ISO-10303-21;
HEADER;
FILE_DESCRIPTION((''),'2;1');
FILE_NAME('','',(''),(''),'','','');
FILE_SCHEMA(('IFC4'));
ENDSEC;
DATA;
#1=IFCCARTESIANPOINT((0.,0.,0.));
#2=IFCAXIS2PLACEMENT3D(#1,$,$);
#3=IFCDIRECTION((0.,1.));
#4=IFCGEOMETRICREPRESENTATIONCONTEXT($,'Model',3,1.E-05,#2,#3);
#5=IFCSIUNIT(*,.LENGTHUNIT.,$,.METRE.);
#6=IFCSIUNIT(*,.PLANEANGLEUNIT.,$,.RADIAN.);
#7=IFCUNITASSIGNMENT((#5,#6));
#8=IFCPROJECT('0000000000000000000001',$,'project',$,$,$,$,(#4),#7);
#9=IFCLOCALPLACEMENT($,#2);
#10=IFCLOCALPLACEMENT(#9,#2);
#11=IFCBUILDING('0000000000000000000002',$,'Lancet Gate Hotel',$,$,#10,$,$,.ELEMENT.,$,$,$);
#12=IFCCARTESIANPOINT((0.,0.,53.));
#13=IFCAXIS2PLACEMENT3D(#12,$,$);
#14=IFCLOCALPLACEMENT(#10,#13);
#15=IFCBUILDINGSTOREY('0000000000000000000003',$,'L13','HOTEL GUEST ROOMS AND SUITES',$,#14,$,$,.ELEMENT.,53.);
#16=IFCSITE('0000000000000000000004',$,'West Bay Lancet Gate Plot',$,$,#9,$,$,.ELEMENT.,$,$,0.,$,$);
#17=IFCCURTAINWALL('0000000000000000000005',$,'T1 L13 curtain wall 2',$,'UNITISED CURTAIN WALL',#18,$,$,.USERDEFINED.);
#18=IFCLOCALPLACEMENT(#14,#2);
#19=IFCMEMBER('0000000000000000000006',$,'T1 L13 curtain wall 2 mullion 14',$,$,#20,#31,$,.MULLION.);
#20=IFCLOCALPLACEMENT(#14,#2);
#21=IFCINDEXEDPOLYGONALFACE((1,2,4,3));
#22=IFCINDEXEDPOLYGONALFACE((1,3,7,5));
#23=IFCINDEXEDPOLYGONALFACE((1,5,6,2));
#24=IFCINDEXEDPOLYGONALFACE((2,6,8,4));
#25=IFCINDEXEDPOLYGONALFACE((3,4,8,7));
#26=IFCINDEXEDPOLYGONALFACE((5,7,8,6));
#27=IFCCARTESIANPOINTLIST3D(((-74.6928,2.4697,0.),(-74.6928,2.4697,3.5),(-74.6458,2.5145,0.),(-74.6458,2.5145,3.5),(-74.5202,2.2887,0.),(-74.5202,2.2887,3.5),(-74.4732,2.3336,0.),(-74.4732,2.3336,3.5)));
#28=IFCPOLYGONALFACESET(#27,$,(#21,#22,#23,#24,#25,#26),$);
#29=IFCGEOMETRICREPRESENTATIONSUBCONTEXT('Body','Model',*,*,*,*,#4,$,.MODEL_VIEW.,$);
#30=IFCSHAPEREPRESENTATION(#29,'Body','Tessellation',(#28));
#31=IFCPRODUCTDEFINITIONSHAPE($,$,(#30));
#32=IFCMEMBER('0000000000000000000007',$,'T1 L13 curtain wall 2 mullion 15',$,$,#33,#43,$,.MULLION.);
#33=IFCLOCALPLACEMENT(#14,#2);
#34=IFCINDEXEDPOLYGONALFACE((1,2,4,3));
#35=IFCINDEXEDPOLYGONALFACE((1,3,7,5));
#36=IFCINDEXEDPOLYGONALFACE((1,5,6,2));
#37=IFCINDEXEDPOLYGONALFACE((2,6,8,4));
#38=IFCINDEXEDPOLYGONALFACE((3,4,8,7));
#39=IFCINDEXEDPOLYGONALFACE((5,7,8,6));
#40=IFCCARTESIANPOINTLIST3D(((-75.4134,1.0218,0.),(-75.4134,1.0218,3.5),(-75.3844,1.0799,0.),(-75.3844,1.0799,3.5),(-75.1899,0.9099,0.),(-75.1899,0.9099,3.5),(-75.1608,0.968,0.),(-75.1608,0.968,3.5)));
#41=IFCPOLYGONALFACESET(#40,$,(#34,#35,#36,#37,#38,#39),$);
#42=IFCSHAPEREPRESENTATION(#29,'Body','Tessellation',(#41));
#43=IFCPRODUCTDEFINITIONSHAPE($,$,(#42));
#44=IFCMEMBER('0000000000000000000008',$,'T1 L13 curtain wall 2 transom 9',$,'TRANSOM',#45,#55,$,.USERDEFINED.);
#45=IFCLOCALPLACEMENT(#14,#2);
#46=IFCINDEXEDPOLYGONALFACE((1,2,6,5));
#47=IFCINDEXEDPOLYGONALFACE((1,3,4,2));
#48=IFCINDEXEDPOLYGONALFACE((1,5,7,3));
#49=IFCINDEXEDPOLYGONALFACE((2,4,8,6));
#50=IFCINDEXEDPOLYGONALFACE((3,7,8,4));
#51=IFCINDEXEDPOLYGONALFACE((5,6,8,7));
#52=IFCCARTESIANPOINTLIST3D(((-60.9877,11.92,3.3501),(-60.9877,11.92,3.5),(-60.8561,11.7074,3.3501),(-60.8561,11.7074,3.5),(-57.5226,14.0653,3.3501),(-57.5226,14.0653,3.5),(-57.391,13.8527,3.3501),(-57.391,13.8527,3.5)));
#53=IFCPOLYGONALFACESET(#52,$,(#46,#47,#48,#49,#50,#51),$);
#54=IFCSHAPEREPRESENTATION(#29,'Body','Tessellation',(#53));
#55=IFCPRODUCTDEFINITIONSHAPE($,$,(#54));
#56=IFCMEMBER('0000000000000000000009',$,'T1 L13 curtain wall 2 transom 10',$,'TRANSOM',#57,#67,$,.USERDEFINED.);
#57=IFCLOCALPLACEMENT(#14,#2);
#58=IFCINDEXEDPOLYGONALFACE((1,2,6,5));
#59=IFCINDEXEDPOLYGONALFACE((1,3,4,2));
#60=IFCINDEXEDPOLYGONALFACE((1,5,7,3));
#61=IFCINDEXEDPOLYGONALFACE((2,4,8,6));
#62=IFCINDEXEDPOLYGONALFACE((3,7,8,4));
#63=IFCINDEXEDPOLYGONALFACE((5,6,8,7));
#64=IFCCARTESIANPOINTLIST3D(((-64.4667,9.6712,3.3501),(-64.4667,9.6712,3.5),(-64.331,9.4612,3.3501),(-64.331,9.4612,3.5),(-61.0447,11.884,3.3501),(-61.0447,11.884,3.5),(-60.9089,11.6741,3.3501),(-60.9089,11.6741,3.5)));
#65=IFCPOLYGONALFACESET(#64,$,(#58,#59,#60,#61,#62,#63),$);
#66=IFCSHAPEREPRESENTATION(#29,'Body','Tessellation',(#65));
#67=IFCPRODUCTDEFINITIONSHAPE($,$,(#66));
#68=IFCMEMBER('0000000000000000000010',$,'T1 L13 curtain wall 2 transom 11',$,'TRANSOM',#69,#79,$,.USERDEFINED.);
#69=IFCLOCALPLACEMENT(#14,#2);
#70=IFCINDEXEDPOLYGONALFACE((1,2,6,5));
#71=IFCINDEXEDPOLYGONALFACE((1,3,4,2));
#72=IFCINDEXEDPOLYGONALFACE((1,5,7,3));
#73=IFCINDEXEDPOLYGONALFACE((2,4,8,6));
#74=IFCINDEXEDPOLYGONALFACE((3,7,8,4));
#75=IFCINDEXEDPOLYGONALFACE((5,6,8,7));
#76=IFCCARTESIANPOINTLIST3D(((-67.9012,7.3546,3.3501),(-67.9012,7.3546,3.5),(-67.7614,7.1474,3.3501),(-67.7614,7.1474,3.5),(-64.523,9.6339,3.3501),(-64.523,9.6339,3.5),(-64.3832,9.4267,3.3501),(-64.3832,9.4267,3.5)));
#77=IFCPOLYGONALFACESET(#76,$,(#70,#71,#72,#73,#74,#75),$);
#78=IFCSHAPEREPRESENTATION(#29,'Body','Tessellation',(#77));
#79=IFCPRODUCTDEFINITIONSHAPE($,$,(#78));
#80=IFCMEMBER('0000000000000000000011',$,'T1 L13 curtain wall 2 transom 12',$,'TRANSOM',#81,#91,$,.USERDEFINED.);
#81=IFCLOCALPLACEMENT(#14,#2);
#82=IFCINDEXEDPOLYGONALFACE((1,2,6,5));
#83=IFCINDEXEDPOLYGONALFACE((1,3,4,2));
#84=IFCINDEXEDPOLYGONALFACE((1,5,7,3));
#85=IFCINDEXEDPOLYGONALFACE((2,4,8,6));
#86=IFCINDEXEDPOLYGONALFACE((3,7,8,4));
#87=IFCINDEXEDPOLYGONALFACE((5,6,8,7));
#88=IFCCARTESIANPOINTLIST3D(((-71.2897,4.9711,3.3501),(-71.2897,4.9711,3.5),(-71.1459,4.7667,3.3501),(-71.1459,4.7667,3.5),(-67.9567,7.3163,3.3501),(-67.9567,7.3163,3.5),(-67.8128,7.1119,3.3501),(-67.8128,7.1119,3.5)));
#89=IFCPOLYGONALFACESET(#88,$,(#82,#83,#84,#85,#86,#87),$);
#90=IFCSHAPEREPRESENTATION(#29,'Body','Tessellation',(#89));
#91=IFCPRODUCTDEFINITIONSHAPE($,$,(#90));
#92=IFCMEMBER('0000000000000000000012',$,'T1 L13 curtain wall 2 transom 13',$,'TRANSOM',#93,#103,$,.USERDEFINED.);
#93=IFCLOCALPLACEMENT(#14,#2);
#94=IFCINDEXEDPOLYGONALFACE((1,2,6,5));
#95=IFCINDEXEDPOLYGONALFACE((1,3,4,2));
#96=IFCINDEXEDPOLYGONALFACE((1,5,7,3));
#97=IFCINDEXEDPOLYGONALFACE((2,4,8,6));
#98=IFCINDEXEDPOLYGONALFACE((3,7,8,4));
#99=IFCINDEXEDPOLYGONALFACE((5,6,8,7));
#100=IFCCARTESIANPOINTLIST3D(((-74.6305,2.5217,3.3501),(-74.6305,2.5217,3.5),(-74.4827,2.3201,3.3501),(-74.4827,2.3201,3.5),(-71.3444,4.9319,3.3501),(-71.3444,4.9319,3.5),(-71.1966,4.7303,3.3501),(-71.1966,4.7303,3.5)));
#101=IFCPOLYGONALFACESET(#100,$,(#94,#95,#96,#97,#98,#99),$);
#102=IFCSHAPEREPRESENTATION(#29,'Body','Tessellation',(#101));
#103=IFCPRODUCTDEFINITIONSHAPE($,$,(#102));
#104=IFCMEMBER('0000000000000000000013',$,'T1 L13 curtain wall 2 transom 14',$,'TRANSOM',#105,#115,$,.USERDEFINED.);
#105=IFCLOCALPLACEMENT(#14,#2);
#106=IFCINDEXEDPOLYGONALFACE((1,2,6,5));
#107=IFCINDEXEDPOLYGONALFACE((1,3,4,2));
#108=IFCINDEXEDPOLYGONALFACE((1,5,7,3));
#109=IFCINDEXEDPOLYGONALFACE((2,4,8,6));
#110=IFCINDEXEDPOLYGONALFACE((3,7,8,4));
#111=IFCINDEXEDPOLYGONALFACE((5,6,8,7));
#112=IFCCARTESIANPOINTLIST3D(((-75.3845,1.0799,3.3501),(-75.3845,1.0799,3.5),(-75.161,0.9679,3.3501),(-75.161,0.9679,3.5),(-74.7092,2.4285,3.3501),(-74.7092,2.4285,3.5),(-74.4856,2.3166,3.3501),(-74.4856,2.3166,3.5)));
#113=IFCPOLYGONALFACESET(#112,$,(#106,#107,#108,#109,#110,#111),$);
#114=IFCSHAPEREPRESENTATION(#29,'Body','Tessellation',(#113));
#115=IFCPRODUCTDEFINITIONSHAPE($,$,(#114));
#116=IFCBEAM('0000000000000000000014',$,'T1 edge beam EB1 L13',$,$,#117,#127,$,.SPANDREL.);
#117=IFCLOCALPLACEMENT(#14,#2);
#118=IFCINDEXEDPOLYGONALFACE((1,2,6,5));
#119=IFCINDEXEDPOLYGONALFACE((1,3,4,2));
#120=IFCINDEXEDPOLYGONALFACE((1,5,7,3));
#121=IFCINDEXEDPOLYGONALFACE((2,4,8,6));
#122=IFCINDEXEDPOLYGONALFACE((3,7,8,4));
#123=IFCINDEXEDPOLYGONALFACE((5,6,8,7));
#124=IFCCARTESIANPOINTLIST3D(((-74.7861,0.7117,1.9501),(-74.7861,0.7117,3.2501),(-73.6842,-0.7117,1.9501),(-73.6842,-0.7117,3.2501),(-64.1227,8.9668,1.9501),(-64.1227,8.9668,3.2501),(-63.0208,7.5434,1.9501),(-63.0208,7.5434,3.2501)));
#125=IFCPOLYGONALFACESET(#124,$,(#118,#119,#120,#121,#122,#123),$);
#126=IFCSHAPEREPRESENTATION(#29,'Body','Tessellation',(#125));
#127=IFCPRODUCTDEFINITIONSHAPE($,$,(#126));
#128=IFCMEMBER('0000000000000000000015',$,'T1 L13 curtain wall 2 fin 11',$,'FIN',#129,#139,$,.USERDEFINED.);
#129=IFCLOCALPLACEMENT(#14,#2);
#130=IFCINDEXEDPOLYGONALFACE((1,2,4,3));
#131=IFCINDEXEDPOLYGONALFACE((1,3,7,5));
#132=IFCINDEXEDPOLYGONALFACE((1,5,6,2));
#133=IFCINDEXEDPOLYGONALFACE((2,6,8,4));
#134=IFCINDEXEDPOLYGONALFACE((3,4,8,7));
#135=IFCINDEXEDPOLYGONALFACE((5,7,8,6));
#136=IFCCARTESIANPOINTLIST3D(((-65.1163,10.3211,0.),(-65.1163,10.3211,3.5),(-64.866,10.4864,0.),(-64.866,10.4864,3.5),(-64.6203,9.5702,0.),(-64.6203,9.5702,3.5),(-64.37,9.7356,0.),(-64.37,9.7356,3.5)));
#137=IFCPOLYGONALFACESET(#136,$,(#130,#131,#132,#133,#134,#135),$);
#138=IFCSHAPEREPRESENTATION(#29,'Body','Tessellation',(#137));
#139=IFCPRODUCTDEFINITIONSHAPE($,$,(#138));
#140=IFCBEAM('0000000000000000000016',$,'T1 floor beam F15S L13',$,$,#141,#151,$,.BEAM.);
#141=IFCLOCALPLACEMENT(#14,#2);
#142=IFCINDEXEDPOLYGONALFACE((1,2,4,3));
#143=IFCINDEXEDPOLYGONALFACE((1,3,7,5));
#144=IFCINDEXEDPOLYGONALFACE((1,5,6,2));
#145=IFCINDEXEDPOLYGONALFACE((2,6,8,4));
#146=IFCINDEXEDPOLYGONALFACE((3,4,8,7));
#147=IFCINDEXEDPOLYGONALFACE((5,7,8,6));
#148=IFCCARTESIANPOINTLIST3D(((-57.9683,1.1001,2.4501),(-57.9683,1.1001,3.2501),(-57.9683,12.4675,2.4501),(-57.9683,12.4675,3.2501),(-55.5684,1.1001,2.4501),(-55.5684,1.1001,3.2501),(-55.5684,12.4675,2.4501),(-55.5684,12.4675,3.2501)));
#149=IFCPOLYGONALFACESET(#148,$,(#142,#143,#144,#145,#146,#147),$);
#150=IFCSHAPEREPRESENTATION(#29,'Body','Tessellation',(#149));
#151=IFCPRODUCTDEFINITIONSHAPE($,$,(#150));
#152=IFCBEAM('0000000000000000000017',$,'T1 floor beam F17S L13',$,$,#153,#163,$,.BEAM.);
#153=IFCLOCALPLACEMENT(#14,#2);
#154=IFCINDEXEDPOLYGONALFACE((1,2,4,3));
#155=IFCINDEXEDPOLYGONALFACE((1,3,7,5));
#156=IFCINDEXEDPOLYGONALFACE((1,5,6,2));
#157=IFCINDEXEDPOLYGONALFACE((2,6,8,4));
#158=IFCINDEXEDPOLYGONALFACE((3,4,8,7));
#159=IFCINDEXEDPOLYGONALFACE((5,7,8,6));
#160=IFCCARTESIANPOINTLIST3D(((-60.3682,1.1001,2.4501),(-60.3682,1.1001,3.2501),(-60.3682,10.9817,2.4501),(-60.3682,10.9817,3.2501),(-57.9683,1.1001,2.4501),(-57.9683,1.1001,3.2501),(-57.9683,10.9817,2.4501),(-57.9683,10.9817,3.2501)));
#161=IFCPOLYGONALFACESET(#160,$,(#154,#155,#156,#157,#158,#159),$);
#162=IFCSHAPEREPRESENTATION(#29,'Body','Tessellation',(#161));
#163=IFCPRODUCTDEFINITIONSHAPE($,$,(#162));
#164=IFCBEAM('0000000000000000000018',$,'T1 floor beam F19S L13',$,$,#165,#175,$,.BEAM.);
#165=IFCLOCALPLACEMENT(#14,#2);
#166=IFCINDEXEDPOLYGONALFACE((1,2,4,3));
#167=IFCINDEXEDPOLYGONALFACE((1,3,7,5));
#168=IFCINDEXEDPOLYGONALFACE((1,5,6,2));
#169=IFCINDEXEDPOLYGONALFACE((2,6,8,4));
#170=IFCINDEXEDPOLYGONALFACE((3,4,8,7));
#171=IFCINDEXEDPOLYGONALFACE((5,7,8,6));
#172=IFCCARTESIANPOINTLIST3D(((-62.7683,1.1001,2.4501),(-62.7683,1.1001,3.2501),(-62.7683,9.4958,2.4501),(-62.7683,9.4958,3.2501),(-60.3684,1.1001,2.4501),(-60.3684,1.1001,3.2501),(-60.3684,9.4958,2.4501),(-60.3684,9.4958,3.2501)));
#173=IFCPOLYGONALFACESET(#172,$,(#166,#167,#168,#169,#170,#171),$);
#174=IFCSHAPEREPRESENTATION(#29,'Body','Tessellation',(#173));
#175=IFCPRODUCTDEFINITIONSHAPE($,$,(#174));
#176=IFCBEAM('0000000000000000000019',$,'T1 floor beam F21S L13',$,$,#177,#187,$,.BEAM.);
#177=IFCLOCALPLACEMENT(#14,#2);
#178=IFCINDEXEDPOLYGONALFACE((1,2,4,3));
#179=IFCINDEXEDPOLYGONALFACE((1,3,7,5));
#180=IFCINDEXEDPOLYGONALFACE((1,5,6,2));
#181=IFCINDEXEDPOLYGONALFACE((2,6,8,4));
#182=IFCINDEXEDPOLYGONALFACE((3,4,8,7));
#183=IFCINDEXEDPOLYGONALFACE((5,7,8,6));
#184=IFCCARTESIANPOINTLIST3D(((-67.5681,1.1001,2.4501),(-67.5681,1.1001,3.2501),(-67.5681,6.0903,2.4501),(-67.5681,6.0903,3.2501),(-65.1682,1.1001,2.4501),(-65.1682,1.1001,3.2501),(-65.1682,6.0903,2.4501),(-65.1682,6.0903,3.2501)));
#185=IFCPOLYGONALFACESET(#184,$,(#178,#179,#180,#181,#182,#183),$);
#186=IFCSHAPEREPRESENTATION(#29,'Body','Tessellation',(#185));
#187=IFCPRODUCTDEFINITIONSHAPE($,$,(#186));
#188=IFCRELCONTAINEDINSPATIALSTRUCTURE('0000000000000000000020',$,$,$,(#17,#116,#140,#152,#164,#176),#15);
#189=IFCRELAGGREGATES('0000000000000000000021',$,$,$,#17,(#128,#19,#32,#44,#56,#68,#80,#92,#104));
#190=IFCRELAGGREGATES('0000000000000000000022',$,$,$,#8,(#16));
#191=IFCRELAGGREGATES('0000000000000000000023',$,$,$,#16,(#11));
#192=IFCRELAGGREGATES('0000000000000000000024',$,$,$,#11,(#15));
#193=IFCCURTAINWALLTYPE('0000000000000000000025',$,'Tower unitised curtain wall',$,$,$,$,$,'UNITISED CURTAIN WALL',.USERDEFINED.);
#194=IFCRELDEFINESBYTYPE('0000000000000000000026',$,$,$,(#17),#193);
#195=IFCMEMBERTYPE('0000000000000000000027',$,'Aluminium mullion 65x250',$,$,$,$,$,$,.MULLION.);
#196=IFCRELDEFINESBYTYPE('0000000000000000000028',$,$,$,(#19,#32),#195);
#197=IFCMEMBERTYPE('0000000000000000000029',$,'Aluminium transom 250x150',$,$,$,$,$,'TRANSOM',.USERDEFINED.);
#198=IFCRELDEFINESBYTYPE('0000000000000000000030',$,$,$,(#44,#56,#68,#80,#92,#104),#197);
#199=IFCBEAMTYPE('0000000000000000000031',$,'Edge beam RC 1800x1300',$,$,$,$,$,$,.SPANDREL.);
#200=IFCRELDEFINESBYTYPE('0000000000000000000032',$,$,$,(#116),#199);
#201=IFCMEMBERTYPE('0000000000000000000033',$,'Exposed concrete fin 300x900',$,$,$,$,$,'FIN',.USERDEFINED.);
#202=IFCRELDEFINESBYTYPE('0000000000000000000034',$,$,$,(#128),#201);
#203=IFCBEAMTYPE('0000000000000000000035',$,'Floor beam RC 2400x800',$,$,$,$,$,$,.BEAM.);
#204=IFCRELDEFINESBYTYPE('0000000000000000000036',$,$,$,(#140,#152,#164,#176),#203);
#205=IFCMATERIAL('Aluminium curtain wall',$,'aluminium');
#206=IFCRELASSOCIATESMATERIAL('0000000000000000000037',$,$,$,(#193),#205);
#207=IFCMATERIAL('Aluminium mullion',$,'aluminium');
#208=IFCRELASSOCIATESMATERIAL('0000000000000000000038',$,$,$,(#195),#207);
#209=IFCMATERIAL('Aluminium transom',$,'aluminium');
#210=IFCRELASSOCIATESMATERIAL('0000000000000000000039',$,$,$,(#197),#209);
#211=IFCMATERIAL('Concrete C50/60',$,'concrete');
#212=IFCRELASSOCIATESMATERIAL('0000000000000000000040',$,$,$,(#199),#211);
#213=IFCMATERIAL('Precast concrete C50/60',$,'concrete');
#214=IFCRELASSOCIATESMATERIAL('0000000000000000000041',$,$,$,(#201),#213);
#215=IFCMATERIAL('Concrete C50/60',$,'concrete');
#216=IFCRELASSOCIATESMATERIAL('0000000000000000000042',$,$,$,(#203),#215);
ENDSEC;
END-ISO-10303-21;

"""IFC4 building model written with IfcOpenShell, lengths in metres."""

from ifc_helpers import new_model, si_unit, direction, frame, origin, origin_2d, place, context, subcontext, project, spatial, rectangle, extrude, material, material_profile, profile_set, type_object, element, aggregate, save


model = new_model("IFC4")

# Units and contexts
model_context = context("Model", 3, precision=1e-05, world=origin(), true_north=direction((0.0, 1.0)))
body_context = subcontext(model_context, "Body", "Model", "MODEL_VIEW")
ifc_project = project(units=[si_unit("LENGTHUNIT", "METRE"), si_unit("PLANEANGLEUNIT", "RADIAN")], contexts=[model_context])

# Site, building, storey
site_placement = place(None, origin())
site = spatial("IfcSite", under=ifc_project, at=site_placement, Name="West Bay Lancet Gate Plot", CompositionType="ELEMENT", RefElevation=0.0)
building_placement = place(site_placement, origin())
building = spatial("IfcBuilding", under=site, at=building_placement, Name="Lancet Gate Hotel", CompositionType="ELEMENT")
storey_placement = place(building_placement, frame((0.0, 0.0, 53.0)))
storey = spatial("IfcBuildingStorey", under=building, at=storey_placement, Name="L13", Description="HOTEL GUEST ROOMS AND SUITES", CompositionType="ELEMENT", Elevation=53.0)

# Curtain wall, members
ifc_material_1 = material(Name="Aluminium curtain wall", Category="aluminium")
curtain_wall_type = type_object("IfcCurtainWallType", Name="Tower unitised curtain wall", ElementType="UNITISED CURTAIN WALL", PredefinedType="USERDEFINED", material=ifc_material_1)
curtain_wall_placement = place(storey_placement, origin())
curtain_wall = element("IfcCurtainWall", 1, at=curtain_wall_placement, inside=storey, type_object=curtain_wall_type, Name="T1 L13 curtain wall 2", ObjectType="UNITISED CURTAIN WALL", PredefinedType="USERDEFINED")
ifc_material_2 = material(Name="Aluminium mullion", Category="aluminium")
ifc_material_profile_1 = material_profile(ifc_material_2, rectangle(XDim=0.0649, YDim=0.25, at=origin_2d()), Name="MULLION 65x250")
ifc_profile_set_1 = profile_set([ifc_material_profile_1], Name="Aluminium mullion")
member_type_1 = type_object("IfcMemberType", Name="Aluminium mullion 65x250", PredefinedType="MULLION", material=ifc_profile_set_1)
member_1_placement = place(storey_placement, frame((-74.583, 2.4016, 0.0), z_axis=(0.0, 0.0, 1.0), x_axis=(-0.723696, -0.690119, 0.0)))
member_1 = element("IfcMember", 2, at=member_1_placement, type_object=member_type_1, Name="T1 L13 curtain wall 2 mullion 14", PredefinedType="MULLION", context=body_context, shape_type="SweptSolid", body=[
    extrude(rectangle(XDim=0.0649, YDim=0.25, at=origin_2d()), origin(), (0.0, 0.0, 1.0), 3.5),
])
member_2_placement = place(storey_placement, frame((-75.2871, 0.9949, 0.0), z_axis=(0.0, 0.0, 1.0), x_axis=(-0.447628, -0.89422, 0.0)))
member_2 = element("IfcMember", 3, at=member_2_placement, type_object=member_type_1, Name="T1 L13 curtain wall 2 mullion 15", PredefinedType="MULLION", context=body_context, shape_type="SweptSolid", body=[
    extrude(rectangle(XDim=0.0649, YDim=0.25, at=origin_2d()), origin(), (0.0, 0.0, 1.0), 3.5),
])
ifc_material_3 = material(Name="Aluminium transom", Category="aluminium")
ifc_material_profile_2 = material_profile(ifc_material_3, rectangle(XDim=0.25, YDim=0.1499, at=origin_2d()), Name="TRANSOM 250x150")
ifc_profile_set_2 = profile_set([ifc_material_profile_2], Name="Aluminium transom")
member_type_2 = type_object("IfcMemberType", Name="Aluminium transom 250x150", ElementType="TRANSOM", PredefinedType="USERDEFINED", material=ifc_profile_set_2)
member_3_placement = place(storey_placement, frame((-57.4568, 13.959, 3.425), z_axis=(-0.850242, -0.526392, 0.0), x_axis=(0.526392, -0.850242, 0.0)))
member_3 = element("IfcMember", 4, at=member_3_placement, type_object=member_type_2, Name="T1 L13 curtain wall 2 transom 9", ObjectType="TRANSOM", PredefinedType="USERDEFINED", context=body_context, shape_type="SweptSolid", body=[
    extrude(rectangle(XDim=0.25, YDim=0.1499, at=origin_2d()), origin(), (0.0, 0.0, 1.0), 4.0754),
])
member_4_placement = place(storey_placement, frame((-60.9768, 11.7791, 3.425), z_axis=(-0.839729, -0.543005, 0.0), x_axis=(0.543005, -0.839729, 0.0)))
member_4 = element("IfcMember", 5, at=member_4_placement, type_object=member_type_2, Name="T1 L13 curtain wall 2 transom 10", ObjectType="TRANSOM", PredefinedType="USERDEFINED", context=body_context, shape_type="SweptSolid", body=[
    extrude(rectangle(XDim=0.25, YDim=0.1499, at=origin_2d()), origin(), (0.0, 0.0, 1.0), 4.0752),
])
member_5_placement = place(storey_placement, frame((-64.4531, 9.5303, 3.425), z_axis=(-0.828959, -0.559309, 0.0), x_axis=(0.559309, -0.828959, 0.0)))
member_5 = element("IfcMember", 6, at=member_5_placement, type_object=member_type_2, Name="T1 L13 curtain wall 2 transom 11", ObjectType="TRANSOM", PredefinedType="USERDEFINED", context=body_context, shape_type="SweptSolid", body=[
    extrude(rectangle(XDim=0.25, YDim=0.1499, at=origin_2d()), origin(), (0.0, 0.0, 1.0), 4.0752),
])
member_6_placement = place(storey_placement, frame((-67.8848, 7.2141, 3.425), z_axis=(-0.817834, -0.575455, 0.0), x_axis=(0.575455, -0.817834, 0.0)))
member_6 = element("IfcMember", 7, at=member_6_placement, type_object=member_type_2, Name="T1 L13 curtain wall 2 transom 12", ObjectType="TRANSOM", PredefinedType="USERDEFINED", context=body_context, shape_type="SweptSolid", body=[
    extrude(rectangle(XDim=0.25, YDim=0.1499, at=origin_2d()), origin(), (0.0, 0.0, 1.0), 4.0754),
])
member_7_placement = place(storey_placement, frame((-71.2705, 4.8311, 3.425), z_axis=(-0.806367, -0.591416, 0.0), x_axis=(0.591416, -0.806367, 0.0)))
member_7 = element("IfcMember", 8, at=member_7_placement, type_object=member_type_2, Name="T1 L13 curtain wall 2 transom 13", ObjectType="TRANSOM", PredefinedType="USERDEFINED", context=body_context, shape_type="SweptSolid", body=[
    extrude(rectangle(XDim=0.25, YDim=0.1499, at=origin_2d()), origin(), (0.0, 0.0, 1.0), 4.0752),
])
member_8_placement = place(storey_placement, frame((-74.5974, 2.3726, 3.425), z_axis=(-0.447732, -0.894168, 0.0), x_axis=(0.894168, -0.447732, 0.0)))
member_8 = element("IfcMember", 9, at=member_8_placement, type_object=member_type_2, Name="T1 L13 curtain wall 2 transom 14", ObjectType="TRANSOM", PredefinedType="USERDEFINED", context=body_context, shape_type="SweptSolid", body=[
    extrude(rectangle(XDim=0.25, YDim=0.1499, at=origin_2d()), origin(), (0.0, 0.0, 1.0), 1.5083),
])

# Beam
ifc_material_4 = material(Name="Concrete C50/60", Category="concrete")
ifc_material_profile_3 = material_profile(ifc_material_4, rectangle(XDim=1.8, YDim=1.3, at=origin_2d()), Name="RC 1800x1300")
ifc_profile_set_3 = profile_set([ifc_material_profile_3], Name="Concrete C50/60")
beam_type_1 = type_object("IfcBeamType", Name="Edge beam RC 1800x1300", PredefinedType="SPANDREL", material=ifc_profile_set_3)
beam_1_placement = place(storey_placement, frame((-63.5718, 8.2551, 2.6001), z_axis=(-0.790736, -0.612157, 0.0), x_axis=(0.612157, -0.790736, 0.0)))
element("IfcBeam", 10, at=beam_1_placement, inside=storey, type_object=beam_type_1, Name="T1 edge beam EB1 L13", PredefinedType="SPANDREL", context=body_context, shape_type="SweptSolid", body=[
    extrude(rectangle(XDim=1.8, YDim=1.3, at=origin_2d()), origin(), (0.0, 0.0, 1.0), 13.4854),
])

# Member
ifc_material_5 = material(Name="Precast concrete C50/60", Category="concrete")
ifc_material_profile_4 = material_profile(ifc_material_5, rectangle(XDim=0.3, YDim=0.8999, at=origin_2d()), Name="FIN 300x900")
ifc_profile_set_4 = profile_set([ifc_material_profile_4], Name="Precast concrete C50/60")
member_type_3 = type_object("IfcMemberType", Name="Exposed concrete fin 300x900", ElementType="FIN", PredefinedType="USERDEFINED", material=ifc_profile_set_4)
member_9_placement = place(storey_placement, frame((-64.7432, 10.0283, 0.0), z_axis=(0.0, 0.0, 1.0), x_axis=(-0.834387, -0.551178, 0.0)))
member_9 = element("IfcMember", 11, at=member_9_placement, type_object=member_type_3, Name="T1 L13 curtain wall 2 fin 11", ObjectType="FIN", PredefinedType="USERDEFINED", context=body_context, shape_type="SweptSolid", body=[
    extrude(rectangle(XDim=0.3, YDim=0.8999, at=origin_2d()), origin(), (0.0, 0.0, 1.0), 3.5),
])

# Beams
ifc_material_6 = material(Name="Concrete C50/60", Category="concrete")
ifc_material_profile_5 = material_profile(ifc_material_6, rectangle(XDim=2.3999, YDim=0.8, at=origin_2d()), Name="RC 2400x800")
ifc_profile_set_5 = profile_set([ifc_material_profile_5], Name="Concrete C50/60")
beam_type_2 = type_object("IfcBeamType", Name="Floor beam RC 2400x800", PredefinedType="BEAM", material=ifc_profile_set_5)
beam_2_placement = place(storey_placement, frame((-56.7683, 12.4675, 2.8501), z_axis=(0.0, -1.0, 0.0), x_axis=(1.0, 0.0, 0.0)))
element("IfcBeam", 12, at=beam_2_placement, inside=storey, type_object=beam_type_2, Name="T1 floor beam F15S L13", PredefinedType="BEAM", context=body_context, shape_type="SweptSolid", body=[
    extrude(rectangle(XDim=2.3999, YDim=0.8, at=origin_2d()), origin(), (0.0, 0.0, 1.0), 11.3674),
])
beam_3_placement = place(storey_placement, frame((-59.1682, 10.9817, 2.8501), z_axis=(0.0, -1.0, 0.0), x_axis=(1.0, 0.0, 0.0)))
element("IfcBeam", 13, at=beam_3_placement, inside=storey, type_object=beam_type_2, Name="T1 floor beam F17S L13", PredefinedType="BEAM", context=body_context, shape_type="SweptSolid", body=[
    extrude(rectangle(XDim=2.3999, YDim=0.8, at=origin_2d()), origin(), (0.0, 0.0, 1.0), 9.8816),
])
beam_4_placement = place(storey_placement, frame((-61.5684, 9.4958, 2.8501), z_axis=(0.0, -1.0, 0.0), x_axis=(1.0, 0.0, 0.0)))
element("IfcBeam", 14, at=beam_4_placement, inside=storey, type_object=beam_type_2, Name="T1 floor beam F19S L13", PredefinedType="BEAM", context=body_context, shape_type="SweptSolid", body=[
    extrude(rectangle(XDim=2.3999, YDim=0.8, at=origin_2d()), origin(), (0.0, 0.0, 1.0), 8.3958),
])
beam_5_placement = place(storey_placement, frame((-66.3682, 6.0903, 2.8501), z_axis=(0.0, -1.0, 0.0), x_axis=(1.0, 0.0, 0.0)))
element("IfcBeam", 15, at=beam_5_placement, inside=storey, type_object=beam_type_2, Name="T1 floor beam F21S L13", PredefinedType="BEAM", context=body_context, shape_type="SweptSolid", body=[
    extrude(rectangle(XDim=2.3999, YDim=0.8, at=origin_2d()), origin(), (0.0, 0.0, 1.0), 4.9902),
])

aggregate(curtain_wall, [member_9, member_1, member_2, member_3, member_4, member_5, member_6, member_7, member_8])

save(model, "model.ifc")
